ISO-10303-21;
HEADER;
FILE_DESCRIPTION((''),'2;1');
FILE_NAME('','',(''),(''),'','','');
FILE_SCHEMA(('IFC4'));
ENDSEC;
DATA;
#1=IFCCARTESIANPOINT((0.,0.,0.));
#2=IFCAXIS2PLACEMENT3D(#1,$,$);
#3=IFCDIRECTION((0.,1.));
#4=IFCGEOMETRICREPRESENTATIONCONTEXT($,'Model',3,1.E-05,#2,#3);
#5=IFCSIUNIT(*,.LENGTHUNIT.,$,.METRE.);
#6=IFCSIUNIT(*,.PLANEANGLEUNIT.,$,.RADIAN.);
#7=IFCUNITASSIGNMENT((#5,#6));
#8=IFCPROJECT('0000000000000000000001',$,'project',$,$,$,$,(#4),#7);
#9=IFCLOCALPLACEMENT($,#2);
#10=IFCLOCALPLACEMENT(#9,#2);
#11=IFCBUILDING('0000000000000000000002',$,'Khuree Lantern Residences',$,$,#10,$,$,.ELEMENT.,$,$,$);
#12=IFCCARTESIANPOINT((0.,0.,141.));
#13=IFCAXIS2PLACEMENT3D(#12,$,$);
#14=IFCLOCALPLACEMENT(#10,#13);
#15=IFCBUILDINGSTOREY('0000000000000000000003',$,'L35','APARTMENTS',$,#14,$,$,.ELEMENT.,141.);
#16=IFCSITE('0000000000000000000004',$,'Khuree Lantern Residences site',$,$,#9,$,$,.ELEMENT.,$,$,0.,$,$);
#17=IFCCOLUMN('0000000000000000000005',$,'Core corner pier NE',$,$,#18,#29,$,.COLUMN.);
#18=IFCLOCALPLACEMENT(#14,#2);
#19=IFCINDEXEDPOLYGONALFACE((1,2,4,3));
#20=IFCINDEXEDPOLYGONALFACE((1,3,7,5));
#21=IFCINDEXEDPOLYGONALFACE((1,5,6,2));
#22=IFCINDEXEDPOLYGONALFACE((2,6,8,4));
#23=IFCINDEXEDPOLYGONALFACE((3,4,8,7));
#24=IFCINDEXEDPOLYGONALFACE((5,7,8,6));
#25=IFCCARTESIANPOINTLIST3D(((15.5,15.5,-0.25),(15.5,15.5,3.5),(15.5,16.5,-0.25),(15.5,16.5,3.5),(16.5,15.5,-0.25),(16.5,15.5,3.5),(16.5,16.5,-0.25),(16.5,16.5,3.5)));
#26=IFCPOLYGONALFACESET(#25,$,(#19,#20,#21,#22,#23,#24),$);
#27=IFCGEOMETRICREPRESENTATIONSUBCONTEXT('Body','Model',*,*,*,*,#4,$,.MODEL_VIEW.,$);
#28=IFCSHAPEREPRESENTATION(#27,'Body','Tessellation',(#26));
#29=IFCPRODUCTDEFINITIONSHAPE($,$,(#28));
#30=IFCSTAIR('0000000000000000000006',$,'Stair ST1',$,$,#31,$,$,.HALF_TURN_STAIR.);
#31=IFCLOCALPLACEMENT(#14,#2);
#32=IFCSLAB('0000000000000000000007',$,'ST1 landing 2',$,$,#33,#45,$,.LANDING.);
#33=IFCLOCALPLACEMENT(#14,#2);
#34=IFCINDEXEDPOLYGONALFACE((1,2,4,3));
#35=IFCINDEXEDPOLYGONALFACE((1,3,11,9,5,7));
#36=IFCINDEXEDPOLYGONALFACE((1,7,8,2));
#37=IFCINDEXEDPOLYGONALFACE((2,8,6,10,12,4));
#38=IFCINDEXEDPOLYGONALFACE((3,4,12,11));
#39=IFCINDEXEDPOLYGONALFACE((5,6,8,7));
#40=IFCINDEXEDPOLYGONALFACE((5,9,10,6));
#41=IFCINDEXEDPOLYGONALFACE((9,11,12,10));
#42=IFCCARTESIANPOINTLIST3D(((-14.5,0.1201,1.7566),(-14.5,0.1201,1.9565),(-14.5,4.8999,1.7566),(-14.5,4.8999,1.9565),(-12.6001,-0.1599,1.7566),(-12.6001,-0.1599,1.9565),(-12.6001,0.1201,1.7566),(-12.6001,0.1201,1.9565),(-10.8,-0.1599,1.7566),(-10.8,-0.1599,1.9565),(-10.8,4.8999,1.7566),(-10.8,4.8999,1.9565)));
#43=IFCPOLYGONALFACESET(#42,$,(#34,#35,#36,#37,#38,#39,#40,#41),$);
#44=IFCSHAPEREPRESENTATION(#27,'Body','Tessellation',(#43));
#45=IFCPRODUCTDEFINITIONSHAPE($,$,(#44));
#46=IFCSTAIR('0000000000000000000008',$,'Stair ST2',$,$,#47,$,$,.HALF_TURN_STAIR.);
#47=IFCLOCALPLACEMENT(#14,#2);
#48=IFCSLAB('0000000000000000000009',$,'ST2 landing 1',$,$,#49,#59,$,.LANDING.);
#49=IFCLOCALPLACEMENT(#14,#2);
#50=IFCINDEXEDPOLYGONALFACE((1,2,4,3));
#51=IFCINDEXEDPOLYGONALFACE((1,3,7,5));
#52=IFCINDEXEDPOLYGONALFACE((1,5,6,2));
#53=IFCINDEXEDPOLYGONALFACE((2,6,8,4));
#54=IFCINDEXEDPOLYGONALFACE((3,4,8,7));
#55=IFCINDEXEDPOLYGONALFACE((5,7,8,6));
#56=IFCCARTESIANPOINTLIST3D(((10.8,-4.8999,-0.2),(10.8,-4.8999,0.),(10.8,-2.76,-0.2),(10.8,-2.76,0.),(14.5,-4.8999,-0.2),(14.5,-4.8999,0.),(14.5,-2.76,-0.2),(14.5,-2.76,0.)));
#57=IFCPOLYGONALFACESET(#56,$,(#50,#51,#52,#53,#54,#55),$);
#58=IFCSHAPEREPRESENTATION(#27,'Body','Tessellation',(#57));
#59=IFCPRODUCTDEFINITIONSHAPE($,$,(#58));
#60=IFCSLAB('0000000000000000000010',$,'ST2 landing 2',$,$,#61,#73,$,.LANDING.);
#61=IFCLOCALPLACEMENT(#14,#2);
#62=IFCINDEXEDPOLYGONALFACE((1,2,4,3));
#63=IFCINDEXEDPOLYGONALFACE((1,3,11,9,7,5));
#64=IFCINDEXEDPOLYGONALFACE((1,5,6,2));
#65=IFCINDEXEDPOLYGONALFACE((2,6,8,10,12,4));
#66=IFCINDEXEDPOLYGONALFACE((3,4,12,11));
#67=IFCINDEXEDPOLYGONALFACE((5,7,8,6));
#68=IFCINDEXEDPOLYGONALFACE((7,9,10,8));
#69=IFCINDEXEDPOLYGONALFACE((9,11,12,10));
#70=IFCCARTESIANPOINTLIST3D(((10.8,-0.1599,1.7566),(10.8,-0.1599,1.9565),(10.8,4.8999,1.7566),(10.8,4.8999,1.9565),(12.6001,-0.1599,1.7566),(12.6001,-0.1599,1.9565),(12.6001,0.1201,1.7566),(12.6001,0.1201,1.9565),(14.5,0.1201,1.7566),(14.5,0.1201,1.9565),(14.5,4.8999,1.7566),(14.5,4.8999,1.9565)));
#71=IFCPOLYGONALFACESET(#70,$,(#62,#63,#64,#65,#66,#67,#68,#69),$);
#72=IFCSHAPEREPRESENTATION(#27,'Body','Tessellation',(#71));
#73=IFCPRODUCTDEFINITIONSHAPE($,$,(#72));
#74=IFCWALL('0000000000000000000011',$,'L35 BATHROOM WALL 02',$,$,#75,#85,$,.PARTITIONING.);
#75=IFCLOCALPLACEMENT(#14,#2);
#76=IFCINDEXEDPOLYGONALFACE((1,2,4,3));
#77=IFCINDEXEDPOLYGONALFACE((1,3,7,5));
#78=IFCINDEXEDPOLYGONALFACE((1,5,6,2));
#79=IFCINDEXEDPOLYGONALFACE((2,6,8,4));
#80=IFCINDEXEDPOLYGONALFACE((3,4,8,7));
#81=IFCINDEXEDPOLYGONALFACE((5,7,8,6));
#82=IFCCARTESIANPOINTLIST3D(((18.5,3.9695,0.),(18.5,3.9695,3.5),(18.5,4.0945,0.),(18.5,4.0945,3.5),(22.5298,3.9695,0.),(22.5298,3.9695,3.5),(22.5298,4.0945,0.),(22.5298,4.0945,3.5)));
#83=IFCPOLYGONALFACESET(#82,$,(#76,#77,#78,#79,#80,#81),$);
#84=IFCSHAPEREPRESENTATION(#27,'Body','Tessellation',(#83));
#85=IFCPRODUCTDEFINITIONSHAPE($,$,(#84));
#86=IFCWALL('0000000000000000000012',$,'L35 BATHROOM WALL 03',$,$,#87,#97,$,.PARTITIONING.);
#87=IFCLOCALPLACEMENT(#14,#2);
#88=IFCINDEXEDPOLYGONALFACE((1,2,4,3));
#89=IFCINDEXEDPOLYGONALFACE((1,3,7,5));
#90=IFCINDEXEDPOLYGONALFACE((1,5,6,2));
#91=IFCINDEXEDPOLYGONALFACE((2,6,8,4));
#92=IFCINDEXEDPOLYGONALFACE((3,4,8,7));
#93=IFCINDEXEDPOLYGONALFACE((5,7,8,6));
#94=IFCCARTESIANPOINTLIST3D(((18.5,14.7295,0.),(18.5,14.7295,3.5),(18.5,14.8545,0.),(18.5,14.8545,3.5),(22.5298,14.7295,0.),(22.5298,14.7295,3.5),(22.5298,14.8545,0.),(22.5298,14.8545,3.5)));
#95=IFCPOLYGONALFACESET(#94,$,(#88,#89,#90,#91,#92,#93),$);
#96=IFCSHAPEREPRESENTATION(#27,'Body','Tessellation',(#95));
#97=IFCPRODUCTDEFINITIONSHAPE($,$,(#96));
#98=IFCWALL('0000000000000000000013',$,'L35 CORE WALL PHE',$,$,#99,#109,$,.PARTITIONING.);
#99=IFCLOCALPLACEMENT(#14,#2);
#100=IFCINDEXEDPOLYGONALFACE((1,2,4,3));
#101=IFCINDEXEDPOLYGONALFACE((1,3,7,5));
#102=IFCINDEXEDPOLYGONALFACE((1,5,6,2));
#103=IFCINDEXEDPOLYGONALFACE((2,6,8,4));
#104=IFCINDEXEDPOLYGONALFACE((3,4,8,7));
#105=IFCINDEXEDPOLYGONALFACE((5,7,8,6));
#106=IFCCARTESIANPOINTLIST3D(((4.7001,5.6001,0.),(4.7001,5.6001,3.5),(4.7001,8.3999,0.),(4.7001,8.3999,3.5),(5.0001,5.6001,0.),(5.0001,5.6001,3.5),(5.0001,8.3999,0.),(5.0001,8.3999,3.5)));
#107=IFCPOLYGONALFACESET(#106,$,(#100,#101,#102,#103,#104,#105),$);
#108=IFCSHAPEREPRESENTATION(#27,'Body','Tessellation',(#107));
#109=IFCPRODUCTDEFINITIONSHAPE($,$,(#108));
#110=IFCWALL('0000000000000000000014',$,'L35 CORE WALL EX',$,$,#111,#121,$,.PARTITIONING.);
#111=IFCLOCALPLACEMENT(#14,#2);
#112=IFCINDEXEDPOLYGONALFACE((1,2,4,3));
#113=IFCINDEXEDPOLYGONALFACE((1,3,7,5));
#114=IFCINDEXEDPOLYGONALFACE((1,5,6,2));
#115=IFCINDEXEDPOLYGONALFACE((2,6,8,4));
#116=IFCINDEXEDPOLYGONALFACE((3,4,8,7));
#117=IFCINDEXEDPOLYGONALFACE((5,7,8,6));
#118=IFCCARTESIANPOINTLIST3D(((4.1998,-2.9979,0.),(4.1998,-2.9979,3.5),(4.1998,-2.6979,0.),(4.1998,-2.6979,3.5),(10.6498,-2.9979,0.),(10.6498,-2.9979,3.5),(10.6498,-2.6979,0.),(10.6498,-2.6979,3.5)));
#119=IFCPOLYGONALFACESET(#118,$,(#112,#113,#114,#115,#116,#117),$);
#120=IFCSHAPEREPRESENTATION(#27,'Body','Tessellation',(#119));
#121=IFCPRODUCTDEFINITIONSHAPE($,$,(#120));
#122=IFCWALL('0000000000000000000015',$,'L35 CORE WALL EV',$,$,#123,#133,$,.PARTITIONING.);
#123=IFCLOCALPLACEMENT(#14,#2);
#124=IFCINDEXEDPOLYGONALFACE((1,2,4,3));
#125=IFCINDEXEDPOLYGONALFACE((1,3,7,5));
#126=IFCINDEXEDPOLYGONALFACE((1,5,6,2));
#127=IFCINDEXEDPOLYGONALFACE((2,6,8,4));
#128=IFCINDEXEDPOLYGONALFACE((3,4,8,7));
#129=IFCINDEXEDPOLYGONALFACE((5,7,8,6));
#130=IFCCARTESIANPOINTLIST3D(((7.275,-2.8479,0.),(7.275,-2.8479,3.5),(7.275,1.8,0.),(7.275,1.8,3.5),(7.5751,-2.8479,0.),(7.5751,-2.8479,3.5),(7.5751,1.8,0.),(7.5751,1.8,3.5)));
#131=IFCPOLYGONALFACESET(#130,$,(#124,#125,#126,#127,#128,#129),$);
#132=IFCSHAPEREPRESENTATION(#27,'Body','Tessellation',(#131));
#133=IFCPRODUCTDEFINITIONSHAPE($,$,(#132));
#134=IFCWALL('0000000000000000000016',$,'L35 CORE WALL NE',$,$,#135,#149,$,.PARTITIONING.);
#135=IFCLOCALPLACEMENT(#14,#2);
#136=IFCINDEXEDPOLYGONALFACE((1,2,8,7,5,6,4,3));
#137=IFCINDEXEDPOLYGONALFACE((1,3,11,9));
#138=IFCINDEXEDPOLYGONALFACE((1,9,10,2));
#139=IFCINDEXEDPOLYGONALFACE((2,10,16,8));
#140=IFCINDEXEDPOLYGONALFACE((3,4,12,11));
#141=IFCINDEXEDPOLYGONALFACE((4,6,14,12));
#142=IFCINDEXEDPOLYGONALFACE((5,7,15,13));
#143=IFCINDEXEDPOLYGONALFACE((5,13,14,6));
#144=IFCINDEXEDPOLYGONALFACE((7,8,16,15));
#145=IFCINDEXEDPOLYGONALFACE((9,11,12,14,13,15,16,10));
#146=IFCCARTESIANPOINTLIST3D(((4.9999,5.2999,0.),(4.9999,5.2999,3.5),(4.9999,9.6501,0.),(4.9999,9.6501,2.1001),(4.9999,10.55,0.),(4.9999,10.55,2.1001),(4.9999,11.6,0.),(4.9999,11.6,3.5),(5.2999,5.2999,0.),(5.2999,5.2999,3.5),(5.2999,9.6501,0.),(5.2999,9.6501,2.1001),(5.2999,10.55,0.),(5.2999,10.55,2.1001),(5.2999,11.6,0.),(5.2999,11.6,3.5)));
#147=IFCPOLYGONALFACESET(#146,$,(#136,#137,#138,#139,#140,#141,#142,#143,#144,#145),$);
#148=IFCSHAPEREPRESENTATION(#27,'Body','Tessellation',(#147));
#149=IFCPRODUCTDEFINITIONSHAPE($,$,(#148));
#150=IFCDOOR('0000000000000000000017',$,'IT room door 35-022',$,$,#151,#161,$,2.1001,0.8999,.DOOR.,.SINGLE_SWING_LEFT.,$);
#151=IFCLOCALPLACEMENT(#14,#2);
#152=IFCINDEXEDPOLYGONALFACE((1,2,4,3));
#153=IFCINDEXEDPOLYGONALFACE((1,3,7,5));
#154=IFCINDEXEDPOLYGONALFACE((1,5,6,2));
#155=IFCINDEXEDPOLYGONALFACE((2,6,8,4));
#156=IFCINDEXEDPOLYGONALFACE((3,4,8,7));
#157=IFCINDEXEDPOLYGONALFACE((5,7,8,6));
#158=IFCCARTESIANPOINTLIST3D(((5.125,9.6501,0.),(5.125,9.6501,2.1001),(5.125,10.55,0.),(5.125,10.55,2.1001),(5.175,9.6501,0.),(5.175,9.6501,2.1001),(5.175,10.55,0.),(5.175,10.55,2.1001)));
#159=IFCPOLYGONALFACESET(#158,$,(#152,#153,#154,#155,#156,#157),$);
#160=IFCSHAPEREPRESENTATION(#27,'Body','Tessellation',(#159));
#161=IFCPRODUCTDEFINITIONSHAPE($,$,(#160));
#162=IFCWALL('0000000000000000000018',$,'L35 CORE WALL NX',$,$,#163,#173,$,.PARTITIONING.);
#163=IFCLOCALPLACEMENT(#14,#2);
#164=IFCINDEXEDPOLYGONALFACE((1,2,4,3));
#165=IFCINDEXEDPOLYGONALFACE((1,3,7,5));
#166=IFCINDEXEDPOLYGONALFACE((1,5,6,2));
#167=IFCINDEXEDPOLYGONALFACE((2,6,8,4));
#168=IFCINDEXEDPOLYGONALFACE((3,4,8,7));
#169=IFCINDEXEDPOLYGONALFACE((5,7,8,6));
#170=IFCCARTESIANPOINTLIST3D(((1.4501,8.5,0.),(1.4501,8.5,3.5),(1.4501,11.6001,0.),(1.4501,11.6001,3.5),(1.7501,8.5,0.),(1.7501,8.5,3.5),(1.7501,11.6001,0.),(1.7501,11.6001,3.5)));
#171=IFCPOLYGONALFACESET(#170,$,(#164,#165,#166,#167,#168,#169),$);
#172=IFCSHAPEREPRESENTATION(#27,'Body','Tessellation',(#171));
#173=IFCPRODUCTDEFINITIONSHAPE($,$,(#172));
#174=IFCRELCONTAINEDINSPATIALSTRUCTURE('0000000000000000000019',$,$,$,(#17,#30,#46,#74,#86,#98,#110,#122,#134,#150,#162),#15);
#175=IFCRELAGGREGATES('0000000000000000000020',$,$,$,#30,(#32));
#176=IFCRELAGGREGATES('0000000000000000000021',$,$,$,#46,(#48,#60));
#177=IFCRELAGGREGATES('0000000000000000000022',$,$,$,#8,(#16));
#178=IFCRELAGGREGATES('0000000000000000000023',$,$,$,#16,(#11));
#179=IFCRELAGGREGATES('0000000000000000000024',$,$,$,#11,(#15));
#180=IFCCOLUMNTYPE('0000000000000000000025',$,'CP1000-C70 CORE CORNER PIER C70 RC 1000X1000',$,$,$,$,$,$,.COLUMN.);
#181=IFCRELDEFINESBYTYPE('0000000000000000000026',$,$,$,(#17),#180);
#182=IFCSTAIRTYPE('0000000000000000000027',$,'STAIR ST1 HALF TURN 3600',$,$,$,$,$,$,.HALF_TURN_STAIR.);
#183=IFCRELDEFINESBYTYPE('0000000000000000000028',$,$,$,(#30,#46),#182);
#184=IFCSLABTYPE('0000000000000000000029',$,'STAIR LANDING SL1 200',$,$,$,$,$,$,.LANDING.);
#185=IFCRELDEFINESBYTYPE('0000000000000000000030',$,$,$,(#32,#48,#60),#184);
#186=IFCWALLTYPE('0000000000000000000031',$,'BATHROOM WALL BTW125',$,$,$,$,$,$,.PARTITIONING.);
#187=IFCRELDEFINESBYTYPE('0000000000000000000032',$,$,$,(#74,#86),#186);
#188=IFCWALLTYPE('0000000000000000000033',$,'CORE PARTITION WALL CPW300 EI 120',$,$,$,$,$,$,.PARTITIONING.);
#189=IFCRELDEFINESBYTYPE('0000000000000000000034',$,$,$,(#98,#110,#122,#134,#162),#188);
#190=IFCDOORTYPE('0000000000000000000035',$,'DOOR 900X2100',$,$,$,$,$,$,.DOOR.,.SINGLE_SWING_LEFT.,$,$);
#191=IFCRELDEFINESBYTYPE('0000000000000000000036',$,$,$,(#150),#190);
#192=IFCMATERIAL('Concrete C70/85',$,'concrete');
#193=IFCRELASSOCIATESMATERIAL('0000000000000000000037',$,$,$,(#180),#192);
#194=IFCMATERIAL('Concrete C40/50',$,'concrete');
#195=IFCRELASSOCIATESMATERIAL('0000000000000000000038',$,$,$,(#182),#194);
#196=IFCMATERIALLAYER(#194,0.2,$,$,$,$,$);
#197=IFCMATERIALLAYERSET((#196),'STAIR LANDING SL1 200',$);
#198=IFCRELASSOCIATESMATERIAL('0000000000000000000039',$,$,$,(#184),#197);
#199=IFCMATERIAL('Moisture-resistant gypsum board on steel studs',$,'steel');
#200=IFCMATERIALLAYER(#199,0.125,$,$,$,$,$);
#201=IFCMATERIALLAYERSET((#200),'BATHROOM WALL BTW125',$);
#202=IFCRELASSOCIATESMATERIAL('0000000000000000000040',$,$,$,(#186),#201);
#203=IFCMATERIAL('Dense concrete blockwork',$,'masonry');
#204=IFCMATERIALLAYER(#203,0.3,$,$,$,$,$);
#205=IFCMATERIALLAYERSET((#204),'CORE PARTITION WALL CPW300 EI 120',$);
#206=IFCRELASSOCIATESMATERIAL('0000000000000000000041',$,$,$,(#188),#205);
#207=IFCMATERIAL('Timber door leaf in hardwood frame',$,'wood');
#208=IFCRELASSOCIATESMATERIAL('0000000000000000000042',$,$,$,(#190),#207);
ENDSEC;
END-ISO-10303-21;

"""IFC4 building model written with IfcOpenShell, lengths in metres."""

from ifc_helpers import new_model, si_unit, direction, frame, frame_2d, origin, origin_2d, place, context, subcontext, project, spatial, polyline, rectangle, outline, extrude, material, layer, layer_set, material_profile, profile_set, type_object, element, fill, aggregate, save


model = new_model("IFC4")

# Units and contexts
model_context = context("Model", 3, precision=1e-05, world=origin(), true_north=direction((0.0, 1.0)))
body_context = subcontext(model_context, "Body", "Model", "MODEL_VIEW")
ifc_project = project(units=[si_unit("LENGTHUNIT", "METRE"), si_unit("PLANEANGLEUNIT", "RADIAN")], contexts=[model_context])

# Site, building, storey
site_placement = place(None, origin())
site = spatial("IfcSite", under=ifc_project, at=site_placement, Name="Khuree Lantern Residences site", CompositionType="ELEMENT", RefElevation=0.0)
building_placement = place(site_placement, origin())
building = spatial("IfcBuilding", under=site, at=building_placement, Name="Khuree Lantern Residences", CompositionType="ELEMENT")
storey_placement = place(building_placement, frame((0.0, 0.0, 141.0)))
storey = spatial("IfcBuildingStorey", under=building, at=storey_placement, Name="L35", Description="APARTMENTS", CompositionType="ELEMENT", Elevation=141.0)

# Column
ifc_material_1 = material(Name="Concrete C70/85", Category="concrete")
ifc_material_profile = material_profile(ifc_material_1, rectangle(XDim=1.0, YDim=1.0, at=origin_2d()), Name="RC 1000X1000")
ifc_profile_set = profile_set([ifc_material_profile], Name="Concrete C70/85")
column_type = type_object("IfcColumnType", Name="CP1000-C70 CORE CORNER PIER C70 RC 1000X1000", PredefinedType="COLUMN", material=ifc_profile_set)
column_placement = place(storey_placement, frame((16.0, 16.0, -0.25), z_axis=(0.0, 0.0, 1.0), x_axis=(1.0, 0.0, 0.0)))
element("IfcColumn", 1, at=column_placement, inside=storey, type_object=column_type, Name="Core corner pier NE", PredefinedType="COLUMN", context=body_context, shape_type="SweptSolid", body=[
    extrude(rectangle(XDim=1.0, YDim=1.0, at=origin_2d()), origin(), (0.0, 0.0, 1.0), 3.75),
])

# Stair, slab
ifc_material_2 = material(Name="Concrete C40/50", Category="concrete")
stair_type = type_object("IfcStairType", Name="STAIR ST1 HALF TURN 3600", PredefinedType="HALF_TURN_STAIR", material=ifc_material_2)
stair_1_placement = place(storey_placement, origin())
stair_1 = element("IfcStair", 2, at=stair_1_placement, inside=storey, type_object=stair_type, Name="Stair ST1", PredefinedType="HALF_TURN_STAIR")
ifc_layer_1 = layer(ifc_material_2, 0.2)
ifc_layer_set_1 = layer_set([ifc_layer_1], Name="STAIR LANDING SL1 200")
slab_type = type_object("IfcSlabType", Name="STAIR LANDING SL1 200", PredefinedType="LANDING", material=ifc_layer_set_1)
slab_1_placement = place(storey_placement, frame((0.0, 0.0, 1.7566)))
slab_1 = element("IfcSlab", 3, at=slab_1_placement, type_object=slab_type, Name="ST1 landing 2", PredefinedType="LANDING", context=body_context, shape_type="SweptSolid", body=[
    extrude(outline(polyline([(-14.5, 0.1201), (-14.5, 4.8999), (-10.8, 4.8999), (-10.8, -0.1599), (-12.6001, -0.1599), (-12.6001, 0.1201), (-14.5, 0.1201)])), origin(), (0.0, 0.0, 1.0), 0.2),
])
aggregate(stair_1, [slab_1])

# Stair, slabs
stair_2_placement = place(storey_placement, origin())
stair_2 = element("IfcStair", 4, at=stair_2_placement, inside=storey, type_object=stair_type, Name="Stair ST2", PredefinedType="HALF_TURN_STAIR")
slab_2_placement = place(storey_placement, frame((0.0, 0.0, -0.2)))
slab_2 = element("IfcSlab", 5, at=slab_2_placement, type_object=slab_type, Name="ST2 landing 1", PredefinedType="LANDING", context=body_context, shape_type="SweptSolid", body=[
    extrude(outline(polyline([(10.8, -4.8999), (14.5, -4.8999), (14.5, -2.76), (10.8, -2.76), (10.8, -4.8999)])), origin(), (0.0, 0.0, 1.0), 0.2),
])
slab_3_placement = place(storey_placement, frame((0.0, 0.0, 1.7566)))
slab_3 = element("IfcSlab", 6, at=slab_3_placement, type_object=slab_type, Name="ST2 landing 2", PredefinedType="LANDING", context=body_context, shape_type="SweptSolid", body=[
    extrude(outline(polyline([(14.5, 4.8999), (14.5, 0.1201), (12.6001, 0.1201), (12.6001, -0.1599), (10.8, -0.1599), (10.8, 4.8999), (14.5, 4.8999)])), origin(), (0.0, 0.0, 1.0), 0.2),
])

# Walls
ifc_material_3 = material(Name="Moisture-resistant gypsum board on steel studs", Category="steel")
ifc_layer_2 = layer(ifc_material_3, 0.125)
ifc_layer_set_2 = layer_set([ifc_layer_2], Name="BATHROOM WALL BTW125")
wall_type_1 = type_object("IfcWallType", Name="BATHROOM WALL BTW125", PredefinedType="PARTITIONING", material=ifc_layer_set_2)
for number, where, z_axis, x_axis, name in (
    (7, (18.5, 4.032, 0.0), (0.0, 0.0, 1.0), (1.0, 0.0, 0.0), "L35 BATHROOM WALL 02"),
    (8, (18.5, 14.792, 0.0), (0.0, 0.0, 1.0), (1.0, 0.0, 0.0), "L35 BATHROOM WALL 03"),
):
    element("IfcWall", number, at=place(storey_placement, frame(where, z_axis=z_axis, x_axis=x_axis)), inside=storey, type_object=wall_type_1, Name=name, PredefinedType="PARTITIONING", context=body_context, shape_type="SweptSolid", body=[
        extrude(rectangle(XDim=4.0298, YDim=0.125, at=frame_2d((2.0149, 0.0))), origin(), (0.0, 0.0, 1.0), 3.5),
    ])
ifc_material_4 = material(Name="Dense concrete blockwork", Category="masonry")
ifc_layer_3 = layer(ifc_material_4, 0.3)
ifc_layer_set_3 = layer_set([ifc_layer_3], Name="CORE PARTITION WALL CPW300 EI 120")
wall_type_2 = type_object("IfcWallType", Name="CORE PARTITION WALL CPW300 EI 120", PredefinedType="PARTITIONING", material=ifc_layer_set_3)
wall_1_placement = place(storey_placement, frame((4.8501, 5.6001, 0.0), z_axis=(0.0, 0.0, 1.0), x_axis=(0.0, 1.0, 0.0)))
element("IfcWall", 9, at=wall_1_placement, inside=storey, type_object=wall_type_2, Name="L35 CORE WALL PHE", PredefinedType="PARTITIONING", context=body_context, shape_type="SweptSolid", body=[
    extrude(rectangle(XDim=2.7998, YDim=0.3, at=frame_2d((1.3999, 0.0))), origin(), (0.0, 0.0, 1.0), 3.5),
])
wall_2_placement = place(storey_placement, frame((10.6499, -2.8479, 0.0), z_axis=(0.0, 0.0, 1.0), x_axis=(-1.0, 0.0, 0.0)))
element("IfcWall", 10, at=wall_2_placement, inside=storey, type_object=wall_type_2, Name="L35 CORE WALL EX", PredefinedType="PARTITIONING", context=body_context, shape_type="SweptSolid", body=[
    extrude(rectangle(XDim=6.45, YDim=0.3, at=frame_2d((3.2251, 0.0))), origin(), (0.0, 0.0, 1.0), 3.5),
])
wall_3_placement = place(storey_placement, frame((7.425, -2.8479, 0.0), z_axis=(0.0, 0.0, 1.0), x_axis=(0.0, 1.0, 0.0)))
element("IfcWall", 11, at=wall_3_placement, inside=storey, type_object=wall_type_2, Name="L35 CORE WALL EV", PredefinedType="PARTITIONING", context=body_context, shape_type="SweptSolid", body=[
    extrude(rectangle(XDim=4.6479, YDim=0.3, at=frame_2d((2.324, 0.0))), origin(), (0.0, 0.0, 1.0), 3.5),
])

# Wall, opening, door
wall_4_placement = place(storey_placement, frame((5.1499, 5.3, 0.0), z_axis=(0.0, 0.0, 1.0), x_axis=(0.0, 1.0, 0.0)))
wall_4 = element("IfcWall", 12, at=wall_4_placement, inside=storey, type_object=wall_type_2, Name="L35 CORE WALL NE", PredefinedType="PARTITIONING", context=body_context, shape_type="SweptSolid", body=[
    extrude(rectangle(XDim=6.3, YDim=0.3, at=frame_2d((3.1499, 0.0))), origin(), (0.0, 0.0, 1.0), 3.5),
])
opening_1_placement = place(wall_4_placement, frame((4.3501, 0.0, 0.0)))
opening_1 = element("IfcOpeningElement", 13, at=opening_1_placement, cuts=wall_4, PredefinedType="OPENING", context=body_context, shape_type="SweptSolid", body=[
    extrude(rectangle(XDim=0.8999, YDim=2.1001, at=frame_2d((0.45, 1.05))), frame((0.0, 0.1602, 0.0), z_axis=(0.0, -1.0, 0.0), x_axis=(1.0, 0.0, 0.0)), (0.0, 0.0, 1.0), 0.3201),
])
ifc_material_5 = material(Name="Timber door leaf in hardwood frame", Category="wood")
door_type_1 = type_object("IfcDoorType", Name="DOOR 900X2100", OperationType="SINGLE_SWING_LEFT", PredefinedType="DOOR", material=ifc_material_5)
door_1_placement = place(opening_1_placement, origin())
door_1 = element("IfcDoor", 14, at=door_1_placement, inside=storey, type_object=door_type_1, Name="IT room door 35-022", OperationType="SINGLE_SWING_LEFT", OverallHeight=2.1001, OverallWidth=0.8999, PredefinedType="DOOR", context=body_context, shape_type="SweptSolid", body=[
    extrude(rectangle(XDim=0.8999, YDim=2.1001, at=frame_2d((0.45, 1.05))), frame((0.0, 0.0249, 0.0), z_axis=(0.0, -1.0, 0.0), x_axis=(1.0, 0.0, 0.0)), (0.0, 0.0, 1.0), 0.05),
])
fill(opening_1, door_1)

# Wall
wall_5_placement = place(storey_placement, frame((1.6001, 8.5, 0.0), z_axis=(0.0, 0.0, 1.0), x_axis=(0.0, 1.0, 0.0)))
element("IfcWall", 15, at=wall_5_placement, inside=storey, type_object=wall_type_2, Name="L35 CORE WALL NX", PredefinedType="PARTITIONING", context=body_context, shape_type="SweptSolid", body=[
    extrude(rectangle(XDim=3.1001, YDim=0.3, at=frame_2d((1.55, 0.0))), origin(), (0.0, 0.0, 1.0), 3.5),
])

aggregate(stair_2, [slab_2, slab_3])

save(model, "model.ifc")
